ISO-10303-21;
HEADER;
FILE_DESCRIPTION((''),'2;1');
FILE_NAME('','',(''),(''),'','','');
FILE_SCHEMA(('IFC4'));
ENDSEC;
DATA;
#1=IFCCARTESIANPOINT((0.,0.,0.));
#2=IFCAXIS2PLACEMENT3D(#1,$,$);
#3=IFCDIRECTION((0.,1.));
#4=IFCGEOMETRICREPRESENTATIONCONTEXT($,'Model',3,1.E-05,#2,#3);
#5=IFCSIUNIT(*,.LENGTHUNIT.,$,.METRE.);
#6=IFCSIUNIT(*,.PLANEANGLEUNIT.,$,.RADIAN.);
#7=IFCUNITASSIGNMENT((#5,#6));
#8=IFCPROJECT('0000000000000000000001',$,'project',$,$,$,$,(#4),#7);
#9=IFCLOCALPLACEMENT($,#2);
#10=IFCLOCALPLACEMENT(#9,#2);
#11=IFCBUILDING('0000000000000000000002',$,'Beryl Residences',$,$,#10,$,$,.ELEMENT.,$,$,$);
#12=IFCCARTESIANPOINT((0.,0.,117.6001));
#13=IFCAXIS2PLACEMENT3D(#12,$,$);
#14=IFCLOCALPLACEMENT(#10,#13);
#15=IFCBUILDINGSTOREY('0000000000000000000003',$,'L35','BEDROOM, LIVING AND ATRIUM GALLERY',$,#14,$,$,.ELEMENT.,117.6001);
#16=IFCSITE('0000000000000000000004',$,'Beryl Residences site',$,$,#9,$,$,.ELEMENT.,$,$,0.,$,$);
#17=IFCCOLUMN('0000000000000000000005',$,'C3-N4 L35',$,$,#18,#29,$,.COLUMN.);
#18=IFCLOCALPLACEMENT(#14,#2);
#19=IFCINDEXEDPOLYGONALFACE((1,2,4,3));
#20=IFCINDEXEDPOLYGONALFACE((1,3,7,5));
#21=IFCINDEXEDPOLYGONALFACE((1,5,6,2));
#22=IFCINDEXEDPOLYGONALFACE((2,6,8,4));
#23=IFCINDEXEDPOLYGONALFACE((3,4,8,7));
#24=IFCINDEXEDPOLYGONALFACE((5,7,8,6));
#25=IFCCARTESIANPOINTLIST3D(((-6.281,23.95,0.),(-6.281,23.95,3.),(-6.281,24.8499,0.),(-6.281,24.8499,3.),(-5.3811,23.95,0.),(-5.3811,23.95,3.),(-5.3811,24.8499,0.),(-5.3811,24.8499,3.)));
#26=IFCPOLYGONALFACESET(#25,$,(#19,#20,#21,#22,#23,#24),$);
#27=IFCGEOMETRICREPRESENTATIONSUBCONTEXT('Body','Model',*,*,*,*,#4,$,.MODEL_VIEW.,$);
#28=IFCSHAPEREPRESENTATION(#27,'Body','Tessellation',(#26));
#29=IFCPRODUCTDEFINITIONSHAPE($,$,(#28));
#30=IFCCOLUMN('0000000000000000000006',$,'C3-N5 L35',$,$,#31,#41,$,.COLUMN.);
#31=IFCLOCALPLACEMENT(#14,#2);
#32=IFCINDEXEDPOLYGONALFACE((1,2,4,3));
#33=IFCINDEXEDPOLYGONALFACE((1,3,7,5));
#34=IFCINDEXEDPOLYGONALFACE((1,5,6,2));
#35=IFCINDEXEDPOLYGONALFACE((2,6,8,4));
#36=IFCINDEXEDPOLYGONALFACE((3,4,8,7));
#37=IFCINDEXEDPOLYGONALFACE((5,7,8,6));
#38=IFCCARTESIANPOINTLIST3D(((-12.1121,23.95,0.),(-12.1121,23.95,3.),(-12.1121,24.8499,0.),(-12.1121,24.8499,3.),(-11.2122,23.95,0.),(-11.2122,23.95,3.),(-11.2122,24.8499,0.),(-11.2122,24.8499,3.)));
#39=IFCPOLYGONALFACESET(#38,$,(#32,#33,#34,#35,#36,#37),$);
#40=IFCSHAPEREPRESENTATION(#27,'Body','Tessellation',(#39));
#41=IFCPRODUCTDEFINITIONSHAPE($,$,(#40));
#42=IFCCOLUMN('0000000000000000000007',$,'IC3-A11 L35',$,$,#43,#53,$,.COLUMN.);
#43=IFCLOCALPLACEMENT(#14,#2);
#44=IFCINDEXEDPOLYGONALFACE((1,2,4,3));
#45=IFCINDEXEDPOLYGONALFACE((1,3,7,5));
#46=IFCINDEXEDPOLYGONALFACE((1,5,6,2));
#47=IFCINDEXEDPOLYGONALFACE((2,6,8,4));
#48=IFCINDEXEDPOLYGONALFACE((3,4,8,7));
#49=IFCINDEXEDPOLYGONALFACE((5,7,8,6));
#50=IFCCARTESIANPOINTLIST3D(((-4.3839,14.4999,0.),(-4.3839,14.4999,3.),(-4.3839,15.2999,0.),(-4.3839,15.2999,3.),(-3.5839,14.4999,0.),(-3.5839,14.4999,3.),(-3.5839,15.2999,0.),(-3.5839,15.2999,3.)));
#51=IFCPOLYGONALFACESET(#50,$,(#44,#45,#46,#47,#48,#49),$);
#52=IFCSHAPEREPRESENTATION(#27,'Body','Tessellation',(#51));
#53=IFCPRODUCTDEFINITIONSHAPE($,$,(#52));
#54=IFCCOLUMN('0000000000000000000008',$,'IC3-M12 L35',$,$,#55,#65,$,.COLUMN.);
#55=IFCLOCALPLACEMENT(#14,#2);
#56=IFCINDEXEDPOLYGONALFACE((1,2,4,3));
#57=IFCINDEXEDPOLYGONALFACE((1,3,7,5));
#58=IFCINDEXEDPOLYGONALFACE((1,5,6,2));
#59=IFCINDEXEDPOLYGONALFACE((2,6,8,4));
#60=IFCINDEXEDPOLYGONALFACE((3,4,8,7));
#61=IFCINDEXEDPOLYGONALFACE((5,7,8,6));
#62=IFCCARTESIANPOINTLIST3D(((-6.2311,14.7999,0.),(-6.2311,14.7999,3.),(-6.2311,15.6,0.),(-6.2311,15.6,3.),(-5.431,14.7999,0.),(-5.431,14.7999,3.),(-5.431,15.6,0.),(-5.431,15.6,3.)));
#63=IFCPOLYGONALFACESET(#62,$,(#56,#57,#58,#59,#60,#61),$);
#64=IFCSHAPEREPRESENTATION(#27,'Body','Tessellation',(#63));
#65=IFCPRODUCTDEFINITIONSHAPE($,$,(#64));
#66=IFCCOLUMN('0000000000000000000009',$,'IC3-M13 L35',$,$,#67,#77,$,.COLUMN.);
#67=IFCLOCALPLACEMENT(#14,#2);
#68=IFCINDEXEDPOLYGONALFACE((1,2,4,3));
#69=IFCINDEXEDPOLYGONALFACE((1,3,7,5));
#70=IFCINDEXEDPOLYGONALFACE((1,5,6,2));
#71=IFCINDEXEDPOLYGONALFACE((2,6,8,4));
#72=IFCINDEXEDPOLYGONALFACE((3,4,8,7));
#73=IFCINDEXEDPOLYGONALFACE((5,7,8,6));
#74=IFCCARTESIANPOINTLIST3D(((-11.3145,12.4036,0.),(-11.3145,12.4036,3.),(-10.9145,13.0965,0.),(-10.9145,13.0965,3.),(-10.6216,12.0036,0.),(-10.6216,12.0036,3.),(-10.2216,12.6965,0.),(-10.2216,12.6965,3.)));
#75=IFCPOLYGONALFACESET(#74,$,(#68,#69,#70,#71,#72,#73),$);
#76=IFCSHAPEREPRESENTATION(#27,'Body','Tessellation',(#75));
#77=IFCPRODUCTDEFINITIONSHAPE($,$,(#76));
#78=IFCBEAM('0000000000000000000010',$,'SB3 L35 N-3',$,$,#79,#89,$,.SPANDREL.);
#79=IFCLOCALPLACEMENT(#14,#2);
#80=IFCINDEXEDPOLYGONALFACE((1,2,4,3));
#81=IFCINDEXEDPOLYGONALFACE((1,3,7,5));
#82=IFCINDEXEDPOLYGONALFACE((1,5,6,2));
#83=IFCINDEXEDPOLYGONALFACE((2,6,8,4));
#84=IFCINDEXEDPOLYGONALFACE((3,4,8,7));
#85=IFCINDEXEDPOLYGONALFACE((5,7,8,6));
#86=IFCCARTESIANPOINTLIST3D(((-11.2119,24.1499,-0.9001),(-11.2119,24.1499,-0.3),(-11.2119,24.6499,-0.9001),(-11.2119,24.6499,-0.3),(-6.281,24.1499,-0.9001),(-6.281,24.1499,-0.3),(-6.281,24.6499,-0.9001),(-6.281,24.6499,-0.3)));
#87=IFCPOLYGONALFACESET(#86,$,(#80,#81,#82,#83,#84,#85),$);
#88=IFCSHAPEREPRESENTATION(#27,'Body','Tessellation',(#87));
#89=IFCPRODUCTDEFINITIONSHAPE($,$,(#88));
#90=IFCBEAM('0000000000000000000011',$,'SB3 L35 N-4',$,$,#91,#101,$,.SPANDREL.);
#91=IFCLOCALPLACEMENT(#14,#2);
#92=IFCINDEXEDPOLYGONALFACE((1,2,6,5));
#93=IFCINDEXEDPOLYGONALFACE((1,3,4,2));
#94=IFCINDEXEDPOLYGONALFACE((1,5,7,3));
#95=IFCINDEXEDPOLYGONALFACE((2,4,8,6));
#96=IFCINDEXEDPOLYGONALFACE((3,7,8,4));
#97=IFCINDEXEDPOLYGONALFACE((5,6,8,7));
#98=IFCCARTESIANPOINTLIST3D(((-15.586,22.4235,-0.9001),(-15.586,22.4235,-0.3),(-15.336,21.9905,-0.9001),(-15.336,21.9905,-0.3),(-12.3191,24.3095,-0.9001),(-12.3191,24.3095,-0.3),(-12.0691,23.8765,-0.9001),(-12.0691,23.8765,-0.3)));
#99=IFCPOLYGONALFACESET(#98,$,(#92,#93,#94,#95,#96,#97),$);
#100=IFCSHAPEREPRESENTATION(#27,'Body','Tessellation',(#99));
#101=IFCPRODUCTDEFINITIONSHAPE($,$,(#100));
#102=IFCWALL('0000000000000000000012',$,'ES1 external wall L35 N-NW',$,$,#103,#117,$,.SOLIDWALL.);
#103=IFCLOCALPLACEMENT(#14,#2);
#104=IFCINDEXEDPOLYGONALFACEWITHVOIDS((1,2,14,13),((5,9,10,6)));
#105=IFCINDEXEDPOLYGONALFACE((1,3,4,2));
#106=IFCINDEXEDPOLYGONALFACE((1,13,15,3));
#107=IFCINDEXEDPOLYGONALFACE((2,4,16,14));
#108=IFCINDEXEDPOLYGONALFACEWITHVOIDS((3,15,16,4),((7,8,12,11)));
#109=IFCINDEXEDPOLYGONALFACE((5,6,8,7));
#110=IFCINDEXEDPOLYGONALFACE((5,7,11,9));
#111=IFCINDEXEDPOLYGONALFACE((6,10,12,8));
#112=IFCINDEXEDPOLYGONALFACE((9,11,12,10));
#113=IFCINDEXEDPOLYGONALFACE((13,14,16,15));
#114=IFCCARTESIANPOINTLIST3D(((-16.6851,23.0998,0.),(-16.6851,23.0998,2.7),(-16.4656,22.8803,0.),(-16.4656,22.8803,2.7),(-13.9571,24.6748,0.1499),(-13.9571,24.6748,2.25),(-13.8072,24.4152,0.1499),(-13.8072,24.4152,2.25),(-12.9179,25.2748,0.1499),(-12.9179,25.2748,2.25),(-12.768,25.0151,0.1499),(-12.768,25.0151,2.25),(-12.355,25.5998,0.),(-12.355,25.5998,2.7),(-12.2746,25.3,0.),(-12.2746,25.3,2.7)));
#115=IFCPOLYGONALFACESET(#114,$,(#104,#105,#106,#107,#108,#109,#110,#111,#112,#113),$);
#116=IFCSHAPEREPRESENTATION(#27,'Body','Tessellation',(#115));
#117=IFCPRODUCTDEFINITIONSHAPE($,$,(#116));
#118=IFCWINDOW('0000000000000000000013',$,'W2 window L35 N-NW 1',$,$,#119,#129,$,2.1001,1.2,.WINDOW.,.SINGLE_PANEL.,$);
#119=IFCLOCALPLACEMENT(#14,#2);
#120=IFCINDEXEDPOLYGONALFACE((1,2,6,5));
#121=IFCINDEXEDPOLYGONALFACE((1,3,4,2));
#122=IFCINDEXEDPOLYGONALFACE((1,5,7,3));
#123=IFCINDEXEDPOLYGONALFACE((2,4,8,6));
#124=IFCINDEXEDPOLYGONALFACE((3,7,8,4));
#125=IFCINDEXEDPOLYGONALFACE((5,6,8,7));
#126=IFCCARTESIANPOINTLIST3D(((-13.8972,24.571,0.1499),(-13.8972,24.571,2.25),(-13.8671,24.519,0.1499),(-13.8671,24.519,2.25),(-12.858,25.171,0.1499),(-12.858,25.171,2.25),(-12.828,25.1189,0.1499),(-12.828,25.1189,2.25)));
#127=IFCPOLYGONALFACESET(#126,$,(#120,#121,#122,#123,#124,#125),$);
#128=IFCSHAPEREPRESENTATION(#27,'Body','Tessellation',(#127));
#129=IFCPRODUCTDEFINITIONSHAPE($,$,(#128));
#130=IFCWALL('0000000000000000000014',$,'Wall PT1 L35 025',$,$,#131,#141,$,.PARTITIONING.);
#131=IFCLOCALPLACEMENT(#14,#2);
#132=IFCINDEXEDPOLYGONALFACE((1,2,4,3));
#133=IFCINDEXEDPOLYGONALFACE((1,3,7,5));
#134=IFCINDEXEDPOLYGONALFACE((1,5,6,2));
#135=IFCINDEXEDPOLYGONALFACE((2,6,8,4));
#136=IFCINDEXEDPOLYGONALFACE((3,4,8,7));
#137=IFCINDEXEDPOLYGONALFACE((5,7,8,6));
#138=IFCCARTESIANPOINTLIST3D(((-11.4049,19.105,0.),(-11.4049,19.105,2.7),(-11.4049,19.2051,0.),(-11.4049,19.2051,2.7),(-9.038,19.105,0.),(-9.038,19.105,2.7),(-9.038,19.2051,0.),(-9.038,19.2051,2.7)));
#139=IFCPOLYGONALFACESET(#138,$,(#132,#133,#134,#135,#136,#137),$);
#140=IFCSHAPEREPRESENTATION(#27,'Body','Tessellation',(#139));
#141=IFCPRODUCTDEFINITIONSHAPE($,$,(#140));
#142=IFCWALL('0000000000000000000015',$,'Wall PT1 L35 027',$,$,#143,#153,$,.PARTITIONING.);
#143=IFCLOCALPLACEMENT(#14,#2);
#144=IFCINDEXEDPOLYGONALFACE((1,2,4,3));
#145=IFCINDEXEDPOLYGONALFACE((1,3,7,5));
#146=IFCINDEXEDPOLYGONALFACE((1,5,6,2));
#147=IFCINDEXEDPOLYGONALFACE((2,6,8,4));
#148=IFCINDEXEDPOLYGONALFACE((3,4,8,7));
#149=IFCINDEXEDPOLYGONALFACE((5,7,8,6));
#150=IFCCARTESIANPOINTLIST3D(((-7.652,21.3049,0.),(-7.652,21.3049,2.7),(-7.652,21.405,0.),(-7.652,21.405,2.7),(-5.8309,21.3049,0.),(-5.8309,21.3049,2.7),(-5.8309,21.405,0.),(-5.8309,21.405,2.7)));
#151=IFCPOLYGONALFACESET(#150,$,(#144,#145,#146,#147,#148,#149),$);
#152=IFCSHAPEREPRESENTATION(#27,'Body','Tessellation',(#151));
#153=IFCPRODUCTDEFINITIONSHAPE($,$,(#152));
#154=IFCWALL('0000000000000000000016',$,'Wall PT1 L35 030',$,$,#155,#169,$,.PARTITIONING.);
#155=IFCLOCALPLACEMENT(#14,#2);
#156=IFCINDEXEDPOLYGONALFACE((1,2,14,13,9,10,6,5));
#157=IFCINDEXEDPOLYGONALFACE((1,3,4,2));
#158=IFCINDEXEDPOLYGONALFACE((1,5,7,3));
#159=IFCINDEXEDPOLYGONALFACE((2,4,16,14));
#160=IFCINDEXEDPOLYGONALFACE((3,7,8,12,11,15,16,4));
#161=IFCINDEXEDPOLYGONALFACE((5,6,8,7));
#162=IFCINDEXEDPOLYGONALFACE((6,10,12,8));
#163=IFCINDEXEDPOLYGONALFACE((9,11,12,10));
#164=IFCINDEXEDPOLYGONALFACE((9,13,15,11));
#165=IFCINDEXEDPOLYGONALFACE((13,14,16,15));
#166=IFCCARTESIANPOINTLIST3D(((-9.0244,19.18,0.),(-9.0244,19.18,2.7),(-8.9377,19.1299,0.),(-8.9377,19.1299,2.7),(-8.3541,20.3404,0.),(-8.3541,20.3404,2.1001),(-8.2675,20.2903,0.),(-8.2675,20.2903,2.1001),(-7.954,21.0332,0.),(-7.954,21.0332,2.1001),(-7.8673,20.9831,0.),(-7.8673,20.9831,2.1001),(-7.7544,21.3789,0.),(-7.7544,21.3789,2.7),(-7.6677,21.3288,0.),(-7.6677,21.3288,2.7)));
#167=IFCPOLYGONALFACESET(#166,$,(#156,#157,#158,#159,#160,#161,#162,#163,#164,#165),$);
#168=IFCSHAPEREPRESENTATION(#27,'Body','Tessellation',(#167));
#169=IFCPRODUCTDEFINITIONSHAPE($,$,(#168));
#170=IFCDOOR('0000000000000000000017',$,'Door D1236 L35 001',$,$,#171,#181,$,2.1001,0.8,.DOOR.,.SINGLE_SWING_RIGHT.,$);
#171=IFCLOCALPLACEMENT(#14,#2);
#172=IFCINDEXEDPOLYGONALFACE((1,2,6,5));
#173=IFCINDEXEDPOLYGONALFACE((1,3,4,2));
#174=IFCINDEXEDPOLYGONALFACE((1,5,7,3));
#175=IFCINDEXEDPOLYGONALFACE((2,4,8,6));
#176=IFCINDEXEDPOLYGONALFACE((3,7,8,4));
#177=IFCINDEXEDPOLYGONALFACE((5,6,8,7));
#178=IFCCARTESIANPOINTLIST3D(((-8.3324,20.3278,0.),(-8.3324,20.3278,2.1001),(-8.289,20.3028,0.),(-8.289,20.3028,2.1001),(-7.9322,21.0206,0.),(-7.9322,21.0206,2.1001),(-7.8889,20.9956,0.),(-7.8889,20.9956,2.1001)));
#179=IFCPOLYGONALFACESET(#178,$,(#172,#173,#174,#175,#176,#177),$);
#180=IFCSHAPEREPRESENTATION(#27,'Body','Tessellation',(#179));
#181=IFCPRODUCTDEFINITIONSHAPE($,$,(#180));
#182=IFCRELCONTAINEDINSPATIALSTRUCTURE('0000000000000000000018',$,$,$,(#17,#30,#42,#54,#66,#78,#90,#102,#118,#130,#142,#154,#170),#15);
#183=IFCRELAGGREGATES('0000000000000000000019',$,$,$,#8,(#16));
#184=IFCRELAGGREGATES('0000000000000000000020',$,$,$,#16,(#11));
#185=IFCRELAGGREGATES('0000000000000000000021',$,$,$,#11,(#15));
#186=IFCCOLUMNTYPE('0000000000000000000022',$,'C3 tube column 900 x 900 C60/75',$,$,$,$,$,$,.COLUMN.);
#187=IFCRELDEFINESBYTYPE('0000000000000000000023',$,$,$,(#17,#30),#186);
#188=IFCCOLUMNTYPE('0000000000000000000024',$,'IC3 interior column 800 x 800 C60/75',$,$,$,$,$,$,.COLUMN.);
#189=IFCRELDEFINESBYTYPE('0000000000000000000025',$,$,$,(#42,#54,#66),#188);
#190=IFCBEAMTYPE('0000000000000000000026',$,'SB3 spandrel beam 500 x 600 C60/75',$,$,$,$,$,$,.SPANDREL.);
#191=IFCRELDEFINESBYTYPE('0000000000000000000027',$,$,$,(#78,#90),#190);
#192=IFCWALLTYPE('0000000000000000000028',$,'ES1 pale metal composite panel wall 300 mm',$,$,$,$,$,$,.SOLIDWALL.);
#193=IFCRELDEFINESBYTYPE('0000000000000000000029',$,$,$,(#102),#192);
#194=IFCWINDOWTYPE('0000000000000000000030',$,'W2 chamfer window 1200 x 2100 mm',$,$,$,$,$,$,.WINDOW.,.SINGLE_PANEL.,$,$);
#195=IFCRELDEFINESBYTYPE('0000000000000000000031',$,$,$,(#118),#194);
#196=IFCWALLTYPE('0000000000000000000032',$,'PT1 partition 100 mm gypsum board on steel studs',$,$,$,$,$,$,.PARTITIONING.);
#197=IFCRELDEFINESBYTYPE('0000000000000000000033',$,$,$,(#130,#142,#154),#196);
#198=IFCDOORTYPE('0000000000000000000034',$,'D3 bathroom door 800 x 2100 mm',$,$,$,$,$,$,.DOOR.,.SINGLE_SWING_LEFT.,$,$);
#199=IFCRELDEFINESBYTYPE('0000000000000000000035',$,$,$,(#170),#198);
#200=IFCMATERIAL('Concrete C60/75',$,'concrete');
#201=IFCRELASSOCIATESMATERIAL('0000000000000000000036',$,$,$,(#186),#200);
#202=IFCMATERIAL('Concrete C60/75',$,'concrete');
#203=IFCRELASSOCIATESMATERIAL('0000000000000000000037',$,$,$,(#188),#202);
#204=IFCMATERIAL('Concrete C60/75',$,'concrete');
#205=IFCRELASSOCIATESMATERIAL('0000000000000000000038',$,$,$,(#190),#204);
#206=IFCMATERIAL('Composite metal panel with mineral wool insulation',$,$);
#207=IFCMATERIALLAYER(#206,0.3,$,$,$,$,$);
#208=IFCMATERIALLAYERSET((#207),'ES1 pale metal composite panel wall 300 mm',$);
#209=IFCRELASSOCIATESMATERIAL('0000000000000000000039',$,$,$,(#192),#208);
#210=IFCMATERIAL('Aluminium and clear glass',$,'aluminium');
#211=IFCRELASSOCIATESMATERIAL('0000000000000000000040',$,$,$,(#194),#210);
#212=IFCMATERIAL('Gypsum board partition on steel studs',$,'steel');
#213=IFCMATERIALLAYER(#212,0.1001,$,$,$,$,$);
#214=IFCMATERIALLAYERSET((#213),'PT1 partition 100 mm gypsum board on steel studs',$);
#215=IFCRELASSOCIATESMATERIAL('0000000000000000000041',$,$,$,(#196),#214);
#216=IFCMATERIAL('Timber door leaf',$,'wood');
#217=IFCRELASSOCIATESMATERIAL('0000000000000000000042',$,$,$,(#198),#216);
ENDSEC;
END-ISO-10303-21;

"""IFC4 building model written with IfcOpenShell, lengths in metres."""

from ifc_helpers import new_model, si_unit, direction, frame, frame_2d, origin, origin_2d, place, context, subcontext, project, spatial, polyline, rectangle, outline, extrude, material, layer, layer_set, material_profile, profile_set, type_object, element, fill, save


model = new_model("IFC4")

# Units and contexts
model_context = context("Model", 3, precision=1e-05, world=origin(), true_north=direction((0.0, 1.0)))
body_context = subcontext(model_context, "Body", "Model", "MODEL_VIEW")
ifc_project = project(units=[si_unit("LENGTHUNIT", "METRE"), si_unit("PLANEANGLEUNIT", "RADIAN")], contexts=[model_context])

# Site, building, storey
site_placement = place(None, origin())
site = spatial("IfcSite", under=ifc_project, at=site_placement, Name="Beryl Residences site", CompositionType="ELEMENT", RefElevation=0.0)
building_placement = place(site_placement, origin())
building = spatial("IfcBuilding", under=site, at=building_placement, Name="Beryl Residences", CompositionType="ELEMENT")
storey_placement = place(building_placement, frame((0.0, 0.0, 117.6001)))
storey = spatial("IfcBuildingStorey", under=building, at=storey_placement, Name="L35", Description="BEDROOM, LIVING AND ATRIUM GALLERY", CompositionType="ELEMENT", Elevation=117.6001)

# Columns
ifc_material_1 = material(Name="Concrete C60/75", Category="concrete")
ifc_material_profile_1 = material_profile(ifc_material_1, rectangle(XDim=0.8999, YDim=0.8999, at=origin_2d()))
ifc_profile_set_1 = profile_set([ifc_material_profile_1], Name="Concrete C60/75")
column_type_1 = type_object("IfcColumnType", Name="C3 tube column 900 x 900 C60/75", PredefinedType="COLUMN", material=ifc_profile_set_1)
for number, where, z_axis, x_axis, name in (
    (1, (-5.8311, 24.3999, 0.0), (0.0, 0.0, 1.0), (-1.0, 0.0, 0.0), "C3-N4 L35"),
    (2, (-11.6621, 24.3999, 0.0), (0.0, 0.0, 1.0), (-1.0, 0.0, 0.0), "C3-N5 L35"),
):
    element("IfcColumn", number, at=place(storey_placement, frame(where, z_axis=z_axis, x_axis=x_axis)), inside=storey, type_object=column_type_1, Name=name, PredefinedType="COLUMN", context=body_context, shape_type="SweptSolid", body=[
        extrude(rectangle(XDim=0.8999, YDim=0.8999, at=origin_2d()), origin(), (0.0, 0.0, 1.0), 3.0),
    ])
ifc_material_2 = material(Name="Concrete C60/75", Category="concrete")
ifc_material_profile_2 = material_profile(ifc_material_2, rectangle(XDim=0.8, YDim=0.8, at=origin_2d()))
ifc_profile_set_2 = profile_set([ifc_material_profile_2], Name="Concrete C60/75")
column_type_2 = type_object("IfcColumnType", Name="IC3 interior column 800 x 800 C60/75", PredefinedType="COLUMN", material=ifc_profile_set_2)
for number, where, z_axis, x_axis, name in (
    (3, (-3.9839, 14.8999, 0.0), (0.0, 0.0, 1.0), (1.0, 0.0, 0.0), "IC3-A11 L35"),
    (4, (-5.8311, 15.2, 0.0), (0.0, 0.0, 1.0), (-1.0, 0.0, 0.0), "IC3-M12 L35"),
    (5, (-10.7681, 12.55, 0.0), (0.0, 0.0, 1.0), (-0.5, -0.866025, 0.0), "IC3-M13 L35"),
):
    element("IfcColumn", number, at=place(storey_placement, frame(where, z_axis=z_axis, x_axis=x_axis)), inside=storey, type_object=column_type_2, Name=name, PredefinedType="COLUMN", context=body_context, shape_type="SweptSolid", body=[
        extrude(rectangle(XDim=0.8, YDim=0.8, at=origin_2d()), origin(), (0.0, 0.0, 1.0), 3.0),
    ])

# Beams
ifc_material_3 = material(Name="Concrete C60/75", Category="concrete")
ifc_material_profile_3 = material_profile(ifc_material_3, rectangle(XDim=0.5, YDim=0.6001, at=origin_2d()))
ifc_profile_set_3 = profile_set([ifc_material_profile_3], Name="Concrete C60/75")
beam_type = type_object("IfcBeamType", Name="SB3 spandrel beam 500 x 600 C60/75", PredefinedType="SPANDREL", material=ifc_profile_set_3)
beam_1_placement = place(storey_placement, frame((-6.281, 24.3999, -0.6001), z_axis=(-1.0, 0.0, 0.0), x_axis=(0.0, -1.0, 0.0)))
element("IfcBeam", 6, at=beam_1_placement, inside=storey, type_object=beam_type, Name="SB3 L35 N-3", PredefinedType="SPANDREL", context=body_context, shape_type="SweptSolid", body=[
    extrude(rectangle(XDim=0.5, YDim=0.6001, at=origin_2d()), origin(), (0.0, 0.0, 1.0), 4.9309),
])
beam_2_placement = place(storey_placement, frame((-12.1941, 24.093, -0.6001), z_axis=(-0.86604, -0.499975, 0.0), x_axis=(0.499975, -0.86604, 0.0)))
element("IfcBeam", 7, at=beam_2_placement, inside=storey, type_object=beam_type, Name="SB3 L35 N-4", PredefinedType="SPANDREL", context=body_context, shape_type="SweptSolid", body=[
    extrude(rectangle(XDim=0.5, YDim=0.6001, at=origin_2d()), origin(), (0.0, 0.0, 1.0), 3.7722),
])

# Wall, opening, window
ifc_material_4 = material(Name="Composite metal panel with mineral wool insulation")
ifc_layer_1 = layer(ifc_material_4, 0.3)
ifc_layer_set_1 = layer_set([ifc_layer_1], Name="ES1 pale metal composite panel wall 300 mm")
wall_type_1 = type_object("IfcWallType", Name="ES1 pale metal composite panel wall 300 mm", PredefinedType="SOLIDWALL", material=ifc_layer_set_1)
wall_1_placement = place(storey_placement, frame((-12.28, 25.47, 0.0), z_axis=(0.0, 0.0, 1.0), x_axis=(-0.866023, -0.500004, 0.0)))
wall_1 = element("IfcWall", 8, at=wall_1_placement, inside=storey, type_object=wall_type_1, Name="ES1 external wall L35 N-NW", PredefinedType="SOLIDWALL", context=body_context, shape_type="SweptSolid", body=[
    extrude(outline(polyline([(0.0, -0.1499), (5.0, -0.1499), (4.9197, 0.1499), (0.0803, 0.1499), (0.0, -0.1499)])), origin(), (0.0, 0.0, 1.0), 2.7),
])
opening_1_placement = place(wall_1_placement, frame((0.6499, 0.0, 0.1499)))
opening_1 = element("IfcOpeningElement", 9, at=opening_1_placement, cuts=wall_1, PredefinedType="OPENING", context=body_context, shape_type="SweptSolid", body=[
    extrude(rectangle(XDim=1.2, YDim=2.1001, at=frame_2d((0.6001, 1.05))), frame((0.0, 0.1599, 0.0), z_axis=(0.0, -1.0, 0.0), x_axis=(1.0, 0.0, 0.0)), (0.0, 0.0, 1.0), 0.3201),
])
ifc_material_5 = material(Name="Aluminium and clear glass", Category="aluminium")
window_type = type_object("IfcWindowType", Name="W2 chamfer window 1200 x 2100 mm", PartitioningType="SINGLE_PANEL", PredefinedType="WINDOW", material=ifc_material_5)
window_placement = place(opening_1_placement, origin())
window = element("IfcWindow", 10, at=window_placement, inside=storey, type_object=window_type, Name="W2 window L35 N-NW 1", OverallHeight=2.1001, OverallWidth=1.2, PartitioningType="SINGLE_PANEL", PredefinedType="WINDOW", context=body_context, shape_type="SweptSolid", body=[
    extrude(rectangle(XDim=1.2, YDim=2.1001, at=frame_2d((0.6001, 1.05))), frame((0.0, 0.03, 0.0), z_axis=(0.0, -1.0, 0.0), x_axis=(1.0, 0.0, 0.0)), (0.0, 0.0, 1.0), 0.0601),
])
fill(opening_1, window)

# Walls
ifc_material_6 = material(Name="Gypsum board partition on steel studs", Category="steel")
ifc_layer_2 = layer(ifc_material_6, 0.1001)
ifc_layer_set_2 = layer_set([ifc_layer_2], Name="PT1 partition 100 mm gypsum board on steel studs")
wall_type_2 = type_object("IfcWallType", Name="PT1 partition 100 mm gypsum board on steel studs", PredefinedType="PARTITIONING", material=ifc_layer_set_2)
wall_2_placement = place(storey_placement, frame((-11.405, 19.155, 0.0), z_axis=(0.0, 0.0, 1.0), x_axis=(1.0, 0.0, 0.0)))
element("IfcWall", 11, at=wall_2_placement, inside=storey, type_object=wall_type_2, Name="Wall PT1 L35 025", PredefinedType="PARTITIONING", context=body_context, shape_type="SweptSolid", body=[
    extrude(rectangle(XDim=2.3669, YDim=0.1001, at=frame_2d((1.1836, 0.0))), origin(), (0.0, 0.0, 1.0), 2.7),
])
wall_3_placement = place(storey_placement, frame((-7.6521, 21.355, 0.0), z_axis=(0.0, 0.0, 1.0), x_axis=(1.0, 0.0, 0.0)))
element("IfcWall", 12, at=wall_3_placement, inside=storey, type_object=wall_type_2, Name="Wall PT1 L35 027", PredefinedType="PARTITIONING", context=body_context, shape_type="SweptSolid", body=[
    extrude(rectangle(XDim=1.821, YDim=0.1001, at=frame_2d((0.9106, 0.0))), origin(), (0.0, 0.0, 1.0), 2.7),
])

# Wall, opening, door
wall_4_placement = place(storey_placement, frame((-8.981, 19.155, 0.0), z_axis=(0.0, 0.0, 1.0), x_axis=(0.50013, 0.86595, 0.0)))
wall_4 = element("IfcWall", 13, at=wall_4_placement, inside=storey, type_object=wall_type_2, Name="Wall PT1 L35 030", PredefinedType="PARTITIONING", context=body_context, shape_type="SweptSolid", body=[
    extrude(rectangle(XDim=2.5393, YDim=0.1001, at=frame_2d((1.2695, 0.0))), origin(), (0.0, 0.0, 1.0), 2.7),
])
opening_2_placement = place(wall_4_placement, frame((1.3401, 0.0, 0.0)))
opening_2 = element("IfcOpeningElement", 14, at=opening_2_placement, cuts=wall_4, PredefinedType="OPENING", context=body_context, shape_type="SweptSolid", body=[
    extrude(rectangle(XDim=0.8, YDim=2.1001, at=frame_2d((0.3999, 1.05))), frame((0.0, 0.0601, 0.0), z_axis=(0.0, -1.0, 0.0), x_axis=(1.0, 0.0, 0.0)), (0.0, 0.0, 1.0), 0.1201),
])
ifc_material_7 = material(Name="Timber door leaf", Category="wood")
door_type_1 = type_object("IfcDoorType", Name="D3 bathroom door 800 x 2100 mm", OperationType="SINGLE_SWING_LEFT", PredefinedType="DOOR", material=ifc_material_7)
door_1_placement = place(opening_2_placement, origin())
door_1 = element("IfcDoor", 15, at=door_1_placement, inside=storey, type_object=door_type_1, Name="Door D1236 L35 001", OperationType="SINGLE_SWING_RIGHT", OverallHeight=2.1001, OverallWidth=0.8, PredefinedType="DOOR", context=body_context, shape_type="SweptSolid", body=[
    extrude(rectangle(XDim=0.8, YDim=2.1001, at=frame_2d((0.3999, 1.05))), frame((0.0, 0.0249, 0.0), z_axis=(0.0, -1.0, 0.0), x_axis=(1.0, 0.0, 0.0)), (0.0, 0.0, 1.0), 0.05),
])
fill(opening_2, door_1)

save(model, "model.ifc")
